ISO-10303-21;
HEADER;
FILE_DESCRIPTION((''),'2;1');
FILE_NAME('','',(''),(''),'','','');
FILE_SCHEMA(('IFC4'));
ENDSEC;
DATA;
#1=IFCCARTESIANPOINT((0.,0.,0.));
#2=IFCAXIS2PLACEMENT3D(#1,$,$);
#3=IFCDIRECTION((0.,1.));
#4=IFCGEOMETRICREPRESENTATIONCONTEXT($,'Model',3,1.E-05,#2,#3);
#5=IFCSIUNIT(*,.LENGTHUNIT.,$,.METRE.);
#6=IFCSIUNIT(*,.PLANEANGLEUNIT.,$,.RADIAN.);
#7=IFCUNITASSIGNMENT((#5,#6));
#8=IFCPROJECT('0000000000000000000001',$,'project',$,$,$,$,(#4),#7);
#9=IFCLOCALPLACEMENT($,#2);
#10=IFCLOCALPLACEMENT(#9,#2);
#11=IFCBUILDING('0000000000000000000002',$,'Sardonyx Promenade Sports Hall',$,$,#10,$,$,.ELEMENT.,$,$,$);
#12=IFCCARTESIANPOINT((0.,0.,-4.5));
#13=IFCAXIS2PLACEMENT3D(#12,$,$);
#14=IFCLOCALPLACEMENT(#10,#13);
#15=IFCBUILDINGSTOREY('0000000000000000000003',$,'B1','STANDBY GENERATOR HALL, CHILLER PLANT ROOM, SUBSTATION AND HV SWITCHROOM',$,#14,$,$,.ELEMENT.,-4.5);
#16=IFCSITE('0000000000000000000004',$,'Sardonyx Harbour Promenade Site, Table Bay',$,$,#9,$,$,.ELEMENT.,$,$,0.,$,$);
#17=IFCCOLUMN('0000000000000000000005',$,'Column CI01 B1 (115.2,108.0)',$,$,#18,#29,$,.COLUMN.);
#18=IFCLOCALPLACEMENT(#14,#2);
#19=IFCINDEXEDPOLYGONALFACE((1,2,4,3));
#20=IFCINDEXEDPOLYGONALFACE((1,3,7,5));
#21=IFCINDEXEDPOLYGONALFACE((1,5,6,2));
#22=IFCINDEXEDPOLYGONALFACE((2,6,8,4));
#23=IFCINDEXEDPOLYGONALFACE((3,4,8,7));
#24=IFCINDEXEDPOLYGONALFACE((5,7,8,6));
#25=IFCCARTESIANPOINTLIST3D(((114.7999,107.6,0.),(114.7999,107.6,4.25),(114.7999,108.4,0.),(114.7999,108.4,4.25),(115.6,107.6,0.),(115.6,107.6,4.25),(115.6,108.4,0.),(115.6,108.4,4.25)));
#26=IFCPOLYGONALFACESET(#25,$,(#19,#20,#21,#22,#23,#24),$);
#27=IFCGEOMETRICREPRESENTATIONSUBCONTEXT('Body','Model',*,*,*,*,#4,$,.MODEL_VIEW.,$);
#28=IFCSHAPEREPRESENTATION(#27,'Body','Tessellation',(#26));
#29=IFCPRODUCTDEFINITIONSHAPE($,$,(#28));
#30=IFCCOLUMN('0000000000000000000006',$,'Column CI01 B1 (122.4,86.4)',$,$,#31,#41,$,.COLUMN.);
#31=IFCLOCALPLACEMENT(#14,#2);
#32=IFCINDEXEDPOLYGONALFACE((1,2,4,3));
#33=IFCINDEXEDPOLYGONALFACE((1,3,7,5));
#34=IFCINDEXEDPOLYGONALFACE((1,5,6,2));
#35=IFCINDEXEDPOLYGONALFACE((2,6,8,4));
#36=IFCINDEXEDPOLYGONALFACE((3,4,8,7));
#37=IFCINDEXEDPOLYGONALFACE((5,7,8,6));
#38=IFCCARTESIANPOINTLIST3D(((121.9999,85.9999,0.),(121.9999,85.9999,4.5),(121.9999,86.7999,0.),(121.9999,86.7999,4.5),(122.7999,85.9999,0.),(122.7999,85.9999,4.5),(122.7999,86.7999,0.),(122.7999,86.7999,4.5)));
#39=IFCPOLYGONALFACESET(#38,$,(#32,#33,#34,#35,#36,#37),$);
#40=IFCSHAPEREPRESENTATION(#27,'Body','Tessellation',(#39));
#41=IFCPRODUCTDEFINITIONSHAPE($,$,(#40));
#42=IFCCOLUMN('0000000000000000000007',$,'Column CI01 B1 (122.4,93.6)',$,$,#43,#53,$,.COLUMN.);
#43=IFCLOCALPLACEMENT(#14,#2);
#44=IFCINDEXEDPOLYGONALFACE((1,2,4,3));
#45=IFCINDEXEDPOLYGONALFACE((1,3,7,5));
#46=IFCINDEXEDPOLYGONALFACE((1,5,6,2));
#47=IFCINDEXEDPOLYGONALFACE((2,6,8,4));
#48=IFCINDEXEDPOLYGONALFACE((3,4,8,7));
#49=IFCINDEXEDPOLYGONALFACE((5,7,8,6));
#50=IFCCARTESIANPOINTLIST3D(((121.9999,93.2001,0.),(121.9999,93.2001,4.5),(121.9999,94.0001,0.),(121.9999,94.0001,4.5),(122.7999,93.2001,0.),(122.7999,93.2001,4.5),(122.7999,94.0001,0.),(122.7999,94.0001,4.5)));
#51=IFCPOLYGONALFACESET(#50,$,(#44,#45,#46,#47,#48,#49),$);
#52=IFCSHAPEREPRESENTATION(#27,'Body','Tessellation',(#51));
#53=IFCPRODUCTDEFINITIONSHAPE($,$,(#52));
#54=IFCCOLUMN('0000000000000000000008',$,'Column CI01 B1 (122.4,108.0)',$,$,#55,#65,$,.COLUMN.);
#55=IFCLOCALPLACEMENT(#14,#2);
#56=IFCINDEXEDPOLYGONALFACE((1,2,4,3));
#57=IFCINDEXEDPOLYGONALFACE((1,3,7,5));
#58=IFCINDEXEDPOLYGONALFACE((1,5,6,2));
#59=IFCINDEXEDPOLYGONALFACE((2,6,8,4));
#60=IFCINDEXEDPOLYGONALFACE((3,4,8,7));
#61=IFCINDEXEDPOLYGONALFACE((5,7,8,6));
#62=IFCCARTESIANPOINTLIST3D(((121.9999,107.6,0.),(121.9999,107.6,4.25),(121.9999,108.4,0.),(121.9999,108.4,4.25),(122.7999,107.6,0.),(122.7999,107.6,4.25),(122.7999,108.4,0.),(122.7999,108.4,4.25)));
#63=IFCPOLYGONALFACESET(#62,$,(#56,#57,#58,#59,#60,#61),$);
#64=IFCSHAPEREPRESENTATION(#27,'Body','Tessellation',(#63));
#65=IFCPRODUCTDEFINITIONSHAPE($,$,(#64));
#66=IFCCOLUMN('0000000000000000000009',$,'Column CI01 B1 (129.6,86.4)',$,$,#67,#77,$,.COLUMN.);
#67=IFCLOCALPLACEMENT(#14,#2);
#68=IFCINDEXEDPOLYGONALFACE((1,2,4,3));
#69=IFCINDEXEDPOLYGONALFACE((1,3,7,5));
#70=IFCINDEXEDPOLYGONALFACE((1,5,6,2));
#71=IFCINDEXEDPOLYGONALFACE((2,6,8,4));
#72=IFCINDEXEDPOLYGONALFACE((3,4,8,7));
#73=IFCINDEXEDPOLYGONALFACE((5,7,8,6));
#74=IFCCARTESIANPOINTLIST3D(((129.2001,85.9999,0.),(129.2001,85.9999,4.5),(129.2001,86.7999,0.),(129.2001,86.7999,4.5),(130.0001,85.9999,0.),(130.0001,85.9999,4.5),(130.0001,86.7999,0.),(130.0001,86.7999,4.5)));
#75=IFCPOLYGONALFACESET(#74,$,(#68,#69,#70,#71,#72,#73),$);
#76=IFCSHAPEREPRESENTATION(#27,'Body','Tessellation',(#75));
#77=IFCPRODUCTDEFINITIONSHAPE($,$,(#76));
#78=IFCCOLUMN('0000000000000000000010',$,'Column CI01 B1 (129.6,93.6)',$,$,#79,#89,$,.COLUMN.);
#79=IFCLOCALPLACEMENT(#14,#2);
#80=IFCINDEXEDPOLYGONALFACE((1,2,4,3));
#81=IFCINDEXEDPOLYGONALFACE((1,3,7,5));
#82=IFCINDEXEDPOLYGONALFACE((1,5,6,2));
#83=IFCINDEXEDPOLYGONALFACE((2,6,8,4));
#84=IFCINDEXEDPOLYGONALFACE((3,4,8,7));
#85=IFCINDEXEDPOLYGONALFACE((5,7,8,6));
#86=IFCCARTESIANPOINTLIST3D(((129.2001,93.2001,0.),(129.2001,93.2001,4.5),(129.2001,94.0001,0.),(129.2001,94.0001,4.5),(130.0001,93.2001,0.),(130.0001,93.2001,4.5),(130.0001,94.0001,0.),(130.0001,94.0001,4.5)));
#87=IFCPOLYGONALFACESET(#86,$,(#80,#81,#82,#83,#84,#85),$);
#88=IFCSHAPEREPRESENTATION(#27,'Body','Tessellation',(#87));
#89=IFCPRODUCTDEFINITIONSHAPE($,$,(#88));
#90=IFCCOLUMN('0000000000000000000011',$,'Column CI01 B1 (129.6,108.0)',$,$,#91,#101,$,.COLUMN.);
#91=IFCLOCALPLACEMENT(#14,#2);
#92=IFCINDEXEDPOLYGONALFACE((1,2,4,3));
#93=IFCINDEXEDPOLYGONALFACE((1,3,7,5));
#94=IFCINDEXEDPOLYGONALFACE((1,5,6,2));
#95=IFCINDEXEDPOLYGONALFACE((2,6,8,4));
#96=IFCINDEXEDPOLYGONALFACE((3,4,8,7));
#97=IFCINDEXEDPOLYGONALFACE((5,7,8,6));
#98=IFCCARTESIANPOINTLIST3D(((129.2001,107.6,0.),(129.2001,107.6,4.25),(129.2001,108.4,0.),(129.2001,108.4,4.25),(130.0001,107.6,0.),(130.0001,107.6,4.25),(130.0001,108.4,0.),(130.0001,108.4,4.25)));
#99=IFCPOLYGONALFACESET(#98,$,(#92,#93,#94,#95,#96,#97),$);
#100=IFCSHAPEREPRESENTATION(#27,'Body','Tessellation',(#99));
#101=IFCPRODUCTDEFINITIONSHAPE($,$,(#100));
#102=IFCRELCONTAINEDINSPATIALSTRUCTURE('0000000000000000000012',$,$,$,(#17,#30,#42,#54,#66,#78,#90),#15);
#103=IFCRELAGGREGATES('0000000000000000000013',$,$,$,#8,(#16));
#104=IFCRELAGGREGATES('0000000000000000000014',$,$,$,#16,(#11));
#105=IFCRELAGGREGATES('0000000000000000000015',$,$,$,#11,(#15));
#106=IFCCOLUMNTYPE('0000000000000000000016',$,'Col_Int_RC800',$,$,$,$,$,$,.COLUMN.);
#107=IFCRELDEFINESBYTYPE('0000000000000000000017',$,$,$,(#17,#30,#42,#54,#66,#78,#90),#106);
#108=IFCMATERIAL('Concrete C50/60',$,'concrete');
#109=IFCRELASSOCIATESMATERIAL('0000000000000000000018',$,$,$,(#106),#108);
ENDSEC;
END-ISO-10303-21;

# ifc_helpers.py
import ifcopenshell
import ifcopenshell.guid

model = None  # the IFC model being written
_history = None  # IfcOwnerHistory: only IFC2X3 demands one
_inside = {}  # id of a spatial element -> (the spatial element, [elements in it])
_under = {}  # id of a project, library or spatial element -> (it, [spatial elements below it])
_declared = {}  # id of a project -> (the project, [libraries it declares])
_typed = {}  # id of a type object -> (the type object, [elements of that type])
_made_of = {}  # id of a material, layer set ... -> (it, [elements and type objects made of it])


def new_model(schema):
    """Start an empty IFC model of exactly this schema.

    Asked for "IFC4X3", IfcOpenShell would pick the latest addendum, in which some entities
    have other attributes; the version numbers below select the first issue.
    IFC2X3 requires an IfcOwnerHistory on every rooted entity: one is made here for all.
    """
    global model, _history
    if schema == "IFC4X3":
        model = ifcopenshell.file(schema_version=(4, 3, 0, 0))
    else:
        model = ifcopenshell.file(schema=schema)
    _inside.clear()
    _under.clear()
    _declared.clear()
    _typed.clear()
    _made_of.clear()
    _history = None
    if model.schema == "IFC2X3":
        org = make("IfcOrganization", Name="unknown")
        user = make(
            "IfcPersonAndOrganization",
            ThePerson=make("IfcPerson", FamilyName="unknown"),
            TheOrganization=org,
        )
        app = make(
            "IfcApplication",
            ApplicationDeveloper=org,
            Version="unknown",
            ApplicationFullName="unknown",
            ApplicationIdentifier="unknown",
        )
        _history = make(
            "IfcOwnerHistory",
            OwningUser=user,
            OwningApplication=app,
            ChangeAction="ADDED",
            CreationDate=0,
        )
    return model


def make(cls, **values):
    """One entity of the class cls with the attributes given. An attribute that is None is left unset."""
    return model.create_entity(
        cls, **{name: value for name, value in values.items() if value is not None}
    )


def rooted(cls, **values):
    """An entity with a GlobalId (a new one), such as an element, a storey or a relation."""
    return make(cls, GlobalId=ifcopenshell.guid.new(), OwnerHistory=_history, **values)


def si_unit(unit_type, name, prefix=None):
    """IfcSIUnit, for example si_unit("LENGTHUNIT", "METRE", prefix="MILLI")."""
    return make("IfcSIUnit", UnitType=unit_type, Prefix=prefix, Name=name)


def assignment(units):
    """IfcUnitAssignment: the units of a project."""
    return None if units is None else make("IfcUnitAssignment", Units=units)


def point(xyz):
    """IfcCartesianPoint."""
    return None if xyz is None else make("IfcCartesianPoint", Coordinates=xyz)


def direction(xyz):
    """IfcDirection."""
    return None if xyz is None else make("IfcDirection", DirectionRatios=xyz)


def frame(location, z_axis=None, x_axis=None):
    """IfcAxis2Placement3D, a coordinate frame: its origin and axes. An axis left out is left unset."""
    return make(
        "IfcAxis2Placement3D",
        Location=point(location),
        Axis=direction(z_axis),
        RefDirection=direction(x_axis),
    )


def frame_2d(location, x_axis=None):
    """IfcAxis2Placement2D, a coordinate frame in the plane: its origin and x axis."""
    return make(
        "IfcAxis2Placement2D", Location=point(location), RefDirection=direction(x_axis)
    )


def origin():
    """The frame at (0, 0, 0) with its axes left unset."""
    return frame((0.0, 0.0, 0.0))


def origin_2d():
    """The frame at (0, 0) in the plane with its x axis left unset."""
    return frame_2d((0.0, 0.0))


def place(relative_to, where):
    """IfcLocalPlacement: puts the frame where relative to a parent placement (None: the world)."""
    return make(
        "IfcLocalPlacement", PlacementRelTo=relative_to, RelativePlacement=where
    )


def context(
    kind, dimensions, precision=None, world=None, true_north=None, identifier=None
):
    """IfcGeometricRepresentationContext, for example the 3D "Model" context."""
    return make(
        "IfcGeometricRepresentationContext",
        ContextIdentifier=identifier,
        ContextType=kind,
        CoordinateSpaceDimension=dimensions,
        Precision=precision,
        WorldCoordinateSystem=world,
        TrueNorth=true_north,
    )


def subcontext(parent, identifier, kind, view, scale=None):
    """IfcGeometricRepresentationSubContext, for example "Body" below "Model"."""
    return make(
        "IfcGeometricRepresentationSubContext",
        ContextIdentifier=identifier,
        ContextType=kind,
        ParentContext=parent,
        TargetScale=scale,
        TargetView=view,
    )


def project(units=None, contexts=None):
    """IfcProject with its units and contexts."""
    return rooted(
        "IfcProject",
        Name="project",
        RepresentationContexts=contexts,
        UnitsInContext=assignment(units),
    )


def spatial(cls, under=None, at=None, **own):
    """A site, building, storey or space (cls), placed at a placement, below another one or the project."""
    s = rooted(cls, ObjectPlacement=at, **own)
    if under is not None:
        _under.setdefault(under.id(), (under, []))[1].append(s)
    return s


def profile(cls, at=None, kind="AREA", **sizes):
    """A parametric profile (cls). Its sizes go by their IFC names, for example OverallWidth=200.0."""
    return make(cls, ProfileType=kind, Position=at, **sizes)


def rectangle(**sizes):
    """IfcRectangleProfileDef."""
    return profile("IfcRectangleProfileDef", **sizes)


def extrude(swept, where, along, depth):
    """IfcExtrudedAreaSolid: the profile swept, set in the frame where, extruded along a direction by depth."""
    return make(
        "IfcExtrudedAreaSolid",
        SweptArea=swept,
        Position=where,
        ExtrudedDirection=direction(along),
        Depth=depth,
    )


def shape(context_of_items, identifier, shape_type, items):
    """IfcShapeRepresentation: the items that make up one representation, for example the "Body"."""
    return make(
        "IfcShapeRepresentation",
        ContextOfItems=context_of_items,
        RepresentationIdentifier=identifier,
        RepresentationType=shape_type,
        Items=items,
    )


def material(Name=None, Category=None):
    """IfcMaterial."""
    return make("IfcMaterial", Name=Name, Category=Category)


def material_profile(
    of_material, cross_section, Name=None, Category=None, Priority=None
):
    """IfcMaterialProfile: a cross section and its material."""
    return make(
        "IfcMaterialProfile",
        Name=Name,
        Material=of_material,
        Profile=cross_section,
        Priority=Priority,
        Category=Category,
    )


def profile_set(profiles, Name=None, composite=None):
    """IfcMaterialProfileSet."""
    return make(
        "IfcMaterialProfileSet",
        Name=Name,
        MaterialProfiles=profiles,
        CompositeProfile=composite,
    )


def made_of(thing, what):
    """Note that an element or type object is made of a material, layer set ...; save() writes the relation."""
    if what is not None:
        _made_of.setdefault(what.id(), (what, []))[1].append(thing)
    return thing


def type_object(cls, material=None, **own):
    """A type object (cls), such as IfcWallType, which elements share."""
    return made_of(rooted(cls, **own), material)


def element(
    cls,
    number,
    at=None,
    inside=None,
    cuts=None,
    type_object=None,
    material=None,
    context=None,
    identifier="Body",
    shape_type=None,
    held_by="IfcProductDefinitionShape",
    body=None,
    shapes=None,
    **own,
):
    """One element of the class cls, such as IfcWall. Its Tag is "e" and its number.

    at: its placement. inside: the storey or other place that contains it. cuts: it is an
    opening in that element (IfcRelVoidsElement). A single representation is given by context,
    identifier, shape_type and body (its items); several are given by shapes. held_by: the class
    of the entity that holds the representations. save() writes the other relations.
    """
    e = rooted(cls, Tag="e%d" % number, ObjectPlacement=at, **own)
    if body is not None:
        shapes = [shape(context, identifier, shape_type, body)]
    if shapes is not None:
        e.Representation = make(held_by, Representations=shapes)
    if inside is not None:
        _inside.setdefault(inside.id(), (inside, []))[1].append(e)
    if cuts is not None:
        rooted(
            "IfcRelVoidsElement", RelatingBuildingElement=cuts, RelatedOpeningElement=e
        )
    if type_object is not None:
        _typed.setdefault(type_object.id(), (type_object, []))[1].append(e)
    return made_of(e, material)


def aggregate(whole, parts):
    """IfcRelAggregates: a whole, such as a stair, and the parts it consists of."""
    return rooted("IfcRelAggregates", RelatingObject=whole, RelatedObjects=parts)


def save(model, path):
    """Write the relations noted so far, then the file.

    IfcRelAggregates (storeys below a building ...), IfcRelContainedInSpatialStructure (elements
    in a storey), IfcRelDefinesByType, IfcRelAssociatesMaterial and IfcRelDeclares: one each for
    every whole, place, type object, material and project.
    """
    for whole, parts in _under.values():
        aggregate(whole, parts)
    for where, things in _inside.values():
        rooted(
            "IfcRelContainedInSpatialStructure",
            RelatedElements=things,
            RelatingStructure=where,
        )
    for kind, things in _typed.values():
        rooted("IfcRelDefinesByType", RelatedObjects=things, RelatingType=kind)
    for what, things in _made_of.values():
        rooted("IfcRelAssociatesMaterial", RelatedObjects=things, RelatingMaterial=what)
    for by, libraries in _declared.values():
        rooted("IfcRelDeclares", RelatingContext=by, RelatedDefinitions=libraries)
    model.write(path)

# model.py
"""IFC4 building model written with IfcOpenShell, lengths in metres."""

from ifc_helpers import new_model, si_unit, direction, frame, origin, origin_2d, place, context, subcontext, project, spatial, rectangle, extrude, material, material_profile, profile_set, type_object, element, save


model = new_model("IFC4")

# Units and contexts
model_context = context("Model", 3, precision=1e-05, world=origin(), true_north=direction((0.0, 1.0)))
body_context = subcontext(model_context, "Body", "Model", "MODEL_VIEW")
ifc_project = project(units=[si_unit("LENGTHUNIT", "METRE"), si_unit("PLANEANGLEUNIT", "RADIAN")], contexts=[model_context])

# Site, building, storey
site_placement = place(None, origin())
site = spatial("IfcSite", under=ifc_project, at=site_placement, Name="Sardonyx Harbour Promenade Site, Table Bay", CompositionType="ELEMENT", RefElevation=0.0)
building_placement = place(site_placement, origin())
building = spatial("IfcBuilding", under=site, at=building_placement, Name="Sardonyx Promenade Sports Hall", CompositionType="ELEMENT")
storey_placement = place(building_placement, frame((0.0, 0.0, -4.5)))
storey = spatial("IfcBuildingStorey", under=building, at=storey_placement, Name="B1", Description="STANDBY GENERATOR HALL, CHILLER PLANT ROOM, SUBSTATION AND HV SWITCHROOM", CompositionType="ELEMENT", Elevation=-4.5)

# Columns
ifc_material_1 = material(Name="Concrete C50/60", Category="concrete")
ifc_material_profile_1 = material_profile(ifc_material_1, rectangle(XDim=0.8, YDim=0.8, at=origin_2d()))
ifc_profile_set_1 = profile_set([ifc_material_profile_1], Name="Concrete C50/60")
column_type_1 = type_object("IfcColumnType", Name="Col_Int_RC800", PredefinedType="COLUMN", material=ifc_profile_set_1)
column_1_placement = place(storey_placement, frame((115.2, 108.0, 0.0), z_axis=(0.0, 0.0, 1.0), x_axis=(1.0, 0.0, 0.0)))
element("IfcColumn", 1, at=column_1_placement, inside=storey, type_object=column_type_1, Name="Column CI01 B1 (115.2,108.0)", PredefinedType="COLUMN", context=body_context, shape_type="SweptSolid", body=[
    extrude(rectangle(XDim=0.8, YDim=0.8, at=origin_2d()), origin(), (0.0, 0.0, 1.0), 4.25),
])
for number, where, z_axis, x_axis, name in (
    (2, (122.3999, 86.3999, 0.0), (0.0, 0.0, 1.0), (1.0, 0.0, 0.0), "Column CI01 B1 (122.4,86.4)"),
    (3, (122.3999, 93.6001, 0.0), (0.0, 0.0, 1.0), (1.0, 0.0, 0.0), "Column CI01 B1 (122.4,93.6)"),
):
    element("IfcColumn", number, at=place(storey_placement, frame(where, z_axis=z_axis, x_axis=x_axis)), inside=storey, type_object=column_type_1, Name=name, PredefinedType="COLUMN", context=body_context, shape_type="SweptSolid", body=[
        extrude(rectangle(XDim=0.8, YDim=0.8, at=origin_2d()), origin(), (0.0, 0.0, 1.0), 4.5),
    ])
column_2_placement = place(storey_placement, frame((122.3999, 108.0, 0.0), z_axis=(0.0, 0.0, 1.0), x_axis=(1.0, 0.0, 0.0)))
element("IfcColumn", 4, at=column_2_placement, inside=storey, type_object=column_type_1, Name="Column CI01 B1 (122.4,108.0)", PredefinedType="COLUMN", context=body_context, shape_type="SweptSolid", body=[
    extrude(rectangle(XDim=0.8, YDim=0.8, at=origin_2d()), origin(), (0.0, 0.0, 1.0), 4.25),
])
for number, where, z_axis, x_axis, name in (
    (5, (129.6001, 86.3999, 0.0), (0.0, 0.0, 1.0), (1.0, 0.0, 0.0), "Column CI01 B1 (129.6,86.4)"),
    (6, (129.6001, 93.6001, 0.0), (0.0, 0.0, 1.0), (1.0, 0.0, 0.0), "Column CI01 B1 (129.6,93.6)"),
):
    element("IfcColumn", number, at=place(storey_placement, frame(where, z_axis=z_axis, x_axis=x_axis)), inside=storey, type_object=column_type_1, Name=name, PredefinedType="COLUMN", context=body_context, shape_type="SweptSolid", body=[
        extrude(rectangle(XDim=0.8, YDim=0.8, at=origin_2d()), origin(), (0.0, 0.0, 1.0), 4.5),
    ])
column_3_placement = place(storey_placement, frame((129.6001, 108.0, 0.0), z_axis=(0.0, 0.0, 1.0), x_axis=(1.0, 0.0, 0.0)))
element("IfcColumn", 7, at=column_3_placement, inside=storey, type_object=column_type_1, Name="Column CI01 B1 (129.6,108.0)", PredefinedType="COLUMN", context=body_context, shape_type="SweptSolid", body=[
    extrude(rectangle(XDim=0.8, YDim=0.8, at=origin_2d()), origin(), (0.0, 0.0, 1.0), 4.25),
])

save(model, "model.ifc")
